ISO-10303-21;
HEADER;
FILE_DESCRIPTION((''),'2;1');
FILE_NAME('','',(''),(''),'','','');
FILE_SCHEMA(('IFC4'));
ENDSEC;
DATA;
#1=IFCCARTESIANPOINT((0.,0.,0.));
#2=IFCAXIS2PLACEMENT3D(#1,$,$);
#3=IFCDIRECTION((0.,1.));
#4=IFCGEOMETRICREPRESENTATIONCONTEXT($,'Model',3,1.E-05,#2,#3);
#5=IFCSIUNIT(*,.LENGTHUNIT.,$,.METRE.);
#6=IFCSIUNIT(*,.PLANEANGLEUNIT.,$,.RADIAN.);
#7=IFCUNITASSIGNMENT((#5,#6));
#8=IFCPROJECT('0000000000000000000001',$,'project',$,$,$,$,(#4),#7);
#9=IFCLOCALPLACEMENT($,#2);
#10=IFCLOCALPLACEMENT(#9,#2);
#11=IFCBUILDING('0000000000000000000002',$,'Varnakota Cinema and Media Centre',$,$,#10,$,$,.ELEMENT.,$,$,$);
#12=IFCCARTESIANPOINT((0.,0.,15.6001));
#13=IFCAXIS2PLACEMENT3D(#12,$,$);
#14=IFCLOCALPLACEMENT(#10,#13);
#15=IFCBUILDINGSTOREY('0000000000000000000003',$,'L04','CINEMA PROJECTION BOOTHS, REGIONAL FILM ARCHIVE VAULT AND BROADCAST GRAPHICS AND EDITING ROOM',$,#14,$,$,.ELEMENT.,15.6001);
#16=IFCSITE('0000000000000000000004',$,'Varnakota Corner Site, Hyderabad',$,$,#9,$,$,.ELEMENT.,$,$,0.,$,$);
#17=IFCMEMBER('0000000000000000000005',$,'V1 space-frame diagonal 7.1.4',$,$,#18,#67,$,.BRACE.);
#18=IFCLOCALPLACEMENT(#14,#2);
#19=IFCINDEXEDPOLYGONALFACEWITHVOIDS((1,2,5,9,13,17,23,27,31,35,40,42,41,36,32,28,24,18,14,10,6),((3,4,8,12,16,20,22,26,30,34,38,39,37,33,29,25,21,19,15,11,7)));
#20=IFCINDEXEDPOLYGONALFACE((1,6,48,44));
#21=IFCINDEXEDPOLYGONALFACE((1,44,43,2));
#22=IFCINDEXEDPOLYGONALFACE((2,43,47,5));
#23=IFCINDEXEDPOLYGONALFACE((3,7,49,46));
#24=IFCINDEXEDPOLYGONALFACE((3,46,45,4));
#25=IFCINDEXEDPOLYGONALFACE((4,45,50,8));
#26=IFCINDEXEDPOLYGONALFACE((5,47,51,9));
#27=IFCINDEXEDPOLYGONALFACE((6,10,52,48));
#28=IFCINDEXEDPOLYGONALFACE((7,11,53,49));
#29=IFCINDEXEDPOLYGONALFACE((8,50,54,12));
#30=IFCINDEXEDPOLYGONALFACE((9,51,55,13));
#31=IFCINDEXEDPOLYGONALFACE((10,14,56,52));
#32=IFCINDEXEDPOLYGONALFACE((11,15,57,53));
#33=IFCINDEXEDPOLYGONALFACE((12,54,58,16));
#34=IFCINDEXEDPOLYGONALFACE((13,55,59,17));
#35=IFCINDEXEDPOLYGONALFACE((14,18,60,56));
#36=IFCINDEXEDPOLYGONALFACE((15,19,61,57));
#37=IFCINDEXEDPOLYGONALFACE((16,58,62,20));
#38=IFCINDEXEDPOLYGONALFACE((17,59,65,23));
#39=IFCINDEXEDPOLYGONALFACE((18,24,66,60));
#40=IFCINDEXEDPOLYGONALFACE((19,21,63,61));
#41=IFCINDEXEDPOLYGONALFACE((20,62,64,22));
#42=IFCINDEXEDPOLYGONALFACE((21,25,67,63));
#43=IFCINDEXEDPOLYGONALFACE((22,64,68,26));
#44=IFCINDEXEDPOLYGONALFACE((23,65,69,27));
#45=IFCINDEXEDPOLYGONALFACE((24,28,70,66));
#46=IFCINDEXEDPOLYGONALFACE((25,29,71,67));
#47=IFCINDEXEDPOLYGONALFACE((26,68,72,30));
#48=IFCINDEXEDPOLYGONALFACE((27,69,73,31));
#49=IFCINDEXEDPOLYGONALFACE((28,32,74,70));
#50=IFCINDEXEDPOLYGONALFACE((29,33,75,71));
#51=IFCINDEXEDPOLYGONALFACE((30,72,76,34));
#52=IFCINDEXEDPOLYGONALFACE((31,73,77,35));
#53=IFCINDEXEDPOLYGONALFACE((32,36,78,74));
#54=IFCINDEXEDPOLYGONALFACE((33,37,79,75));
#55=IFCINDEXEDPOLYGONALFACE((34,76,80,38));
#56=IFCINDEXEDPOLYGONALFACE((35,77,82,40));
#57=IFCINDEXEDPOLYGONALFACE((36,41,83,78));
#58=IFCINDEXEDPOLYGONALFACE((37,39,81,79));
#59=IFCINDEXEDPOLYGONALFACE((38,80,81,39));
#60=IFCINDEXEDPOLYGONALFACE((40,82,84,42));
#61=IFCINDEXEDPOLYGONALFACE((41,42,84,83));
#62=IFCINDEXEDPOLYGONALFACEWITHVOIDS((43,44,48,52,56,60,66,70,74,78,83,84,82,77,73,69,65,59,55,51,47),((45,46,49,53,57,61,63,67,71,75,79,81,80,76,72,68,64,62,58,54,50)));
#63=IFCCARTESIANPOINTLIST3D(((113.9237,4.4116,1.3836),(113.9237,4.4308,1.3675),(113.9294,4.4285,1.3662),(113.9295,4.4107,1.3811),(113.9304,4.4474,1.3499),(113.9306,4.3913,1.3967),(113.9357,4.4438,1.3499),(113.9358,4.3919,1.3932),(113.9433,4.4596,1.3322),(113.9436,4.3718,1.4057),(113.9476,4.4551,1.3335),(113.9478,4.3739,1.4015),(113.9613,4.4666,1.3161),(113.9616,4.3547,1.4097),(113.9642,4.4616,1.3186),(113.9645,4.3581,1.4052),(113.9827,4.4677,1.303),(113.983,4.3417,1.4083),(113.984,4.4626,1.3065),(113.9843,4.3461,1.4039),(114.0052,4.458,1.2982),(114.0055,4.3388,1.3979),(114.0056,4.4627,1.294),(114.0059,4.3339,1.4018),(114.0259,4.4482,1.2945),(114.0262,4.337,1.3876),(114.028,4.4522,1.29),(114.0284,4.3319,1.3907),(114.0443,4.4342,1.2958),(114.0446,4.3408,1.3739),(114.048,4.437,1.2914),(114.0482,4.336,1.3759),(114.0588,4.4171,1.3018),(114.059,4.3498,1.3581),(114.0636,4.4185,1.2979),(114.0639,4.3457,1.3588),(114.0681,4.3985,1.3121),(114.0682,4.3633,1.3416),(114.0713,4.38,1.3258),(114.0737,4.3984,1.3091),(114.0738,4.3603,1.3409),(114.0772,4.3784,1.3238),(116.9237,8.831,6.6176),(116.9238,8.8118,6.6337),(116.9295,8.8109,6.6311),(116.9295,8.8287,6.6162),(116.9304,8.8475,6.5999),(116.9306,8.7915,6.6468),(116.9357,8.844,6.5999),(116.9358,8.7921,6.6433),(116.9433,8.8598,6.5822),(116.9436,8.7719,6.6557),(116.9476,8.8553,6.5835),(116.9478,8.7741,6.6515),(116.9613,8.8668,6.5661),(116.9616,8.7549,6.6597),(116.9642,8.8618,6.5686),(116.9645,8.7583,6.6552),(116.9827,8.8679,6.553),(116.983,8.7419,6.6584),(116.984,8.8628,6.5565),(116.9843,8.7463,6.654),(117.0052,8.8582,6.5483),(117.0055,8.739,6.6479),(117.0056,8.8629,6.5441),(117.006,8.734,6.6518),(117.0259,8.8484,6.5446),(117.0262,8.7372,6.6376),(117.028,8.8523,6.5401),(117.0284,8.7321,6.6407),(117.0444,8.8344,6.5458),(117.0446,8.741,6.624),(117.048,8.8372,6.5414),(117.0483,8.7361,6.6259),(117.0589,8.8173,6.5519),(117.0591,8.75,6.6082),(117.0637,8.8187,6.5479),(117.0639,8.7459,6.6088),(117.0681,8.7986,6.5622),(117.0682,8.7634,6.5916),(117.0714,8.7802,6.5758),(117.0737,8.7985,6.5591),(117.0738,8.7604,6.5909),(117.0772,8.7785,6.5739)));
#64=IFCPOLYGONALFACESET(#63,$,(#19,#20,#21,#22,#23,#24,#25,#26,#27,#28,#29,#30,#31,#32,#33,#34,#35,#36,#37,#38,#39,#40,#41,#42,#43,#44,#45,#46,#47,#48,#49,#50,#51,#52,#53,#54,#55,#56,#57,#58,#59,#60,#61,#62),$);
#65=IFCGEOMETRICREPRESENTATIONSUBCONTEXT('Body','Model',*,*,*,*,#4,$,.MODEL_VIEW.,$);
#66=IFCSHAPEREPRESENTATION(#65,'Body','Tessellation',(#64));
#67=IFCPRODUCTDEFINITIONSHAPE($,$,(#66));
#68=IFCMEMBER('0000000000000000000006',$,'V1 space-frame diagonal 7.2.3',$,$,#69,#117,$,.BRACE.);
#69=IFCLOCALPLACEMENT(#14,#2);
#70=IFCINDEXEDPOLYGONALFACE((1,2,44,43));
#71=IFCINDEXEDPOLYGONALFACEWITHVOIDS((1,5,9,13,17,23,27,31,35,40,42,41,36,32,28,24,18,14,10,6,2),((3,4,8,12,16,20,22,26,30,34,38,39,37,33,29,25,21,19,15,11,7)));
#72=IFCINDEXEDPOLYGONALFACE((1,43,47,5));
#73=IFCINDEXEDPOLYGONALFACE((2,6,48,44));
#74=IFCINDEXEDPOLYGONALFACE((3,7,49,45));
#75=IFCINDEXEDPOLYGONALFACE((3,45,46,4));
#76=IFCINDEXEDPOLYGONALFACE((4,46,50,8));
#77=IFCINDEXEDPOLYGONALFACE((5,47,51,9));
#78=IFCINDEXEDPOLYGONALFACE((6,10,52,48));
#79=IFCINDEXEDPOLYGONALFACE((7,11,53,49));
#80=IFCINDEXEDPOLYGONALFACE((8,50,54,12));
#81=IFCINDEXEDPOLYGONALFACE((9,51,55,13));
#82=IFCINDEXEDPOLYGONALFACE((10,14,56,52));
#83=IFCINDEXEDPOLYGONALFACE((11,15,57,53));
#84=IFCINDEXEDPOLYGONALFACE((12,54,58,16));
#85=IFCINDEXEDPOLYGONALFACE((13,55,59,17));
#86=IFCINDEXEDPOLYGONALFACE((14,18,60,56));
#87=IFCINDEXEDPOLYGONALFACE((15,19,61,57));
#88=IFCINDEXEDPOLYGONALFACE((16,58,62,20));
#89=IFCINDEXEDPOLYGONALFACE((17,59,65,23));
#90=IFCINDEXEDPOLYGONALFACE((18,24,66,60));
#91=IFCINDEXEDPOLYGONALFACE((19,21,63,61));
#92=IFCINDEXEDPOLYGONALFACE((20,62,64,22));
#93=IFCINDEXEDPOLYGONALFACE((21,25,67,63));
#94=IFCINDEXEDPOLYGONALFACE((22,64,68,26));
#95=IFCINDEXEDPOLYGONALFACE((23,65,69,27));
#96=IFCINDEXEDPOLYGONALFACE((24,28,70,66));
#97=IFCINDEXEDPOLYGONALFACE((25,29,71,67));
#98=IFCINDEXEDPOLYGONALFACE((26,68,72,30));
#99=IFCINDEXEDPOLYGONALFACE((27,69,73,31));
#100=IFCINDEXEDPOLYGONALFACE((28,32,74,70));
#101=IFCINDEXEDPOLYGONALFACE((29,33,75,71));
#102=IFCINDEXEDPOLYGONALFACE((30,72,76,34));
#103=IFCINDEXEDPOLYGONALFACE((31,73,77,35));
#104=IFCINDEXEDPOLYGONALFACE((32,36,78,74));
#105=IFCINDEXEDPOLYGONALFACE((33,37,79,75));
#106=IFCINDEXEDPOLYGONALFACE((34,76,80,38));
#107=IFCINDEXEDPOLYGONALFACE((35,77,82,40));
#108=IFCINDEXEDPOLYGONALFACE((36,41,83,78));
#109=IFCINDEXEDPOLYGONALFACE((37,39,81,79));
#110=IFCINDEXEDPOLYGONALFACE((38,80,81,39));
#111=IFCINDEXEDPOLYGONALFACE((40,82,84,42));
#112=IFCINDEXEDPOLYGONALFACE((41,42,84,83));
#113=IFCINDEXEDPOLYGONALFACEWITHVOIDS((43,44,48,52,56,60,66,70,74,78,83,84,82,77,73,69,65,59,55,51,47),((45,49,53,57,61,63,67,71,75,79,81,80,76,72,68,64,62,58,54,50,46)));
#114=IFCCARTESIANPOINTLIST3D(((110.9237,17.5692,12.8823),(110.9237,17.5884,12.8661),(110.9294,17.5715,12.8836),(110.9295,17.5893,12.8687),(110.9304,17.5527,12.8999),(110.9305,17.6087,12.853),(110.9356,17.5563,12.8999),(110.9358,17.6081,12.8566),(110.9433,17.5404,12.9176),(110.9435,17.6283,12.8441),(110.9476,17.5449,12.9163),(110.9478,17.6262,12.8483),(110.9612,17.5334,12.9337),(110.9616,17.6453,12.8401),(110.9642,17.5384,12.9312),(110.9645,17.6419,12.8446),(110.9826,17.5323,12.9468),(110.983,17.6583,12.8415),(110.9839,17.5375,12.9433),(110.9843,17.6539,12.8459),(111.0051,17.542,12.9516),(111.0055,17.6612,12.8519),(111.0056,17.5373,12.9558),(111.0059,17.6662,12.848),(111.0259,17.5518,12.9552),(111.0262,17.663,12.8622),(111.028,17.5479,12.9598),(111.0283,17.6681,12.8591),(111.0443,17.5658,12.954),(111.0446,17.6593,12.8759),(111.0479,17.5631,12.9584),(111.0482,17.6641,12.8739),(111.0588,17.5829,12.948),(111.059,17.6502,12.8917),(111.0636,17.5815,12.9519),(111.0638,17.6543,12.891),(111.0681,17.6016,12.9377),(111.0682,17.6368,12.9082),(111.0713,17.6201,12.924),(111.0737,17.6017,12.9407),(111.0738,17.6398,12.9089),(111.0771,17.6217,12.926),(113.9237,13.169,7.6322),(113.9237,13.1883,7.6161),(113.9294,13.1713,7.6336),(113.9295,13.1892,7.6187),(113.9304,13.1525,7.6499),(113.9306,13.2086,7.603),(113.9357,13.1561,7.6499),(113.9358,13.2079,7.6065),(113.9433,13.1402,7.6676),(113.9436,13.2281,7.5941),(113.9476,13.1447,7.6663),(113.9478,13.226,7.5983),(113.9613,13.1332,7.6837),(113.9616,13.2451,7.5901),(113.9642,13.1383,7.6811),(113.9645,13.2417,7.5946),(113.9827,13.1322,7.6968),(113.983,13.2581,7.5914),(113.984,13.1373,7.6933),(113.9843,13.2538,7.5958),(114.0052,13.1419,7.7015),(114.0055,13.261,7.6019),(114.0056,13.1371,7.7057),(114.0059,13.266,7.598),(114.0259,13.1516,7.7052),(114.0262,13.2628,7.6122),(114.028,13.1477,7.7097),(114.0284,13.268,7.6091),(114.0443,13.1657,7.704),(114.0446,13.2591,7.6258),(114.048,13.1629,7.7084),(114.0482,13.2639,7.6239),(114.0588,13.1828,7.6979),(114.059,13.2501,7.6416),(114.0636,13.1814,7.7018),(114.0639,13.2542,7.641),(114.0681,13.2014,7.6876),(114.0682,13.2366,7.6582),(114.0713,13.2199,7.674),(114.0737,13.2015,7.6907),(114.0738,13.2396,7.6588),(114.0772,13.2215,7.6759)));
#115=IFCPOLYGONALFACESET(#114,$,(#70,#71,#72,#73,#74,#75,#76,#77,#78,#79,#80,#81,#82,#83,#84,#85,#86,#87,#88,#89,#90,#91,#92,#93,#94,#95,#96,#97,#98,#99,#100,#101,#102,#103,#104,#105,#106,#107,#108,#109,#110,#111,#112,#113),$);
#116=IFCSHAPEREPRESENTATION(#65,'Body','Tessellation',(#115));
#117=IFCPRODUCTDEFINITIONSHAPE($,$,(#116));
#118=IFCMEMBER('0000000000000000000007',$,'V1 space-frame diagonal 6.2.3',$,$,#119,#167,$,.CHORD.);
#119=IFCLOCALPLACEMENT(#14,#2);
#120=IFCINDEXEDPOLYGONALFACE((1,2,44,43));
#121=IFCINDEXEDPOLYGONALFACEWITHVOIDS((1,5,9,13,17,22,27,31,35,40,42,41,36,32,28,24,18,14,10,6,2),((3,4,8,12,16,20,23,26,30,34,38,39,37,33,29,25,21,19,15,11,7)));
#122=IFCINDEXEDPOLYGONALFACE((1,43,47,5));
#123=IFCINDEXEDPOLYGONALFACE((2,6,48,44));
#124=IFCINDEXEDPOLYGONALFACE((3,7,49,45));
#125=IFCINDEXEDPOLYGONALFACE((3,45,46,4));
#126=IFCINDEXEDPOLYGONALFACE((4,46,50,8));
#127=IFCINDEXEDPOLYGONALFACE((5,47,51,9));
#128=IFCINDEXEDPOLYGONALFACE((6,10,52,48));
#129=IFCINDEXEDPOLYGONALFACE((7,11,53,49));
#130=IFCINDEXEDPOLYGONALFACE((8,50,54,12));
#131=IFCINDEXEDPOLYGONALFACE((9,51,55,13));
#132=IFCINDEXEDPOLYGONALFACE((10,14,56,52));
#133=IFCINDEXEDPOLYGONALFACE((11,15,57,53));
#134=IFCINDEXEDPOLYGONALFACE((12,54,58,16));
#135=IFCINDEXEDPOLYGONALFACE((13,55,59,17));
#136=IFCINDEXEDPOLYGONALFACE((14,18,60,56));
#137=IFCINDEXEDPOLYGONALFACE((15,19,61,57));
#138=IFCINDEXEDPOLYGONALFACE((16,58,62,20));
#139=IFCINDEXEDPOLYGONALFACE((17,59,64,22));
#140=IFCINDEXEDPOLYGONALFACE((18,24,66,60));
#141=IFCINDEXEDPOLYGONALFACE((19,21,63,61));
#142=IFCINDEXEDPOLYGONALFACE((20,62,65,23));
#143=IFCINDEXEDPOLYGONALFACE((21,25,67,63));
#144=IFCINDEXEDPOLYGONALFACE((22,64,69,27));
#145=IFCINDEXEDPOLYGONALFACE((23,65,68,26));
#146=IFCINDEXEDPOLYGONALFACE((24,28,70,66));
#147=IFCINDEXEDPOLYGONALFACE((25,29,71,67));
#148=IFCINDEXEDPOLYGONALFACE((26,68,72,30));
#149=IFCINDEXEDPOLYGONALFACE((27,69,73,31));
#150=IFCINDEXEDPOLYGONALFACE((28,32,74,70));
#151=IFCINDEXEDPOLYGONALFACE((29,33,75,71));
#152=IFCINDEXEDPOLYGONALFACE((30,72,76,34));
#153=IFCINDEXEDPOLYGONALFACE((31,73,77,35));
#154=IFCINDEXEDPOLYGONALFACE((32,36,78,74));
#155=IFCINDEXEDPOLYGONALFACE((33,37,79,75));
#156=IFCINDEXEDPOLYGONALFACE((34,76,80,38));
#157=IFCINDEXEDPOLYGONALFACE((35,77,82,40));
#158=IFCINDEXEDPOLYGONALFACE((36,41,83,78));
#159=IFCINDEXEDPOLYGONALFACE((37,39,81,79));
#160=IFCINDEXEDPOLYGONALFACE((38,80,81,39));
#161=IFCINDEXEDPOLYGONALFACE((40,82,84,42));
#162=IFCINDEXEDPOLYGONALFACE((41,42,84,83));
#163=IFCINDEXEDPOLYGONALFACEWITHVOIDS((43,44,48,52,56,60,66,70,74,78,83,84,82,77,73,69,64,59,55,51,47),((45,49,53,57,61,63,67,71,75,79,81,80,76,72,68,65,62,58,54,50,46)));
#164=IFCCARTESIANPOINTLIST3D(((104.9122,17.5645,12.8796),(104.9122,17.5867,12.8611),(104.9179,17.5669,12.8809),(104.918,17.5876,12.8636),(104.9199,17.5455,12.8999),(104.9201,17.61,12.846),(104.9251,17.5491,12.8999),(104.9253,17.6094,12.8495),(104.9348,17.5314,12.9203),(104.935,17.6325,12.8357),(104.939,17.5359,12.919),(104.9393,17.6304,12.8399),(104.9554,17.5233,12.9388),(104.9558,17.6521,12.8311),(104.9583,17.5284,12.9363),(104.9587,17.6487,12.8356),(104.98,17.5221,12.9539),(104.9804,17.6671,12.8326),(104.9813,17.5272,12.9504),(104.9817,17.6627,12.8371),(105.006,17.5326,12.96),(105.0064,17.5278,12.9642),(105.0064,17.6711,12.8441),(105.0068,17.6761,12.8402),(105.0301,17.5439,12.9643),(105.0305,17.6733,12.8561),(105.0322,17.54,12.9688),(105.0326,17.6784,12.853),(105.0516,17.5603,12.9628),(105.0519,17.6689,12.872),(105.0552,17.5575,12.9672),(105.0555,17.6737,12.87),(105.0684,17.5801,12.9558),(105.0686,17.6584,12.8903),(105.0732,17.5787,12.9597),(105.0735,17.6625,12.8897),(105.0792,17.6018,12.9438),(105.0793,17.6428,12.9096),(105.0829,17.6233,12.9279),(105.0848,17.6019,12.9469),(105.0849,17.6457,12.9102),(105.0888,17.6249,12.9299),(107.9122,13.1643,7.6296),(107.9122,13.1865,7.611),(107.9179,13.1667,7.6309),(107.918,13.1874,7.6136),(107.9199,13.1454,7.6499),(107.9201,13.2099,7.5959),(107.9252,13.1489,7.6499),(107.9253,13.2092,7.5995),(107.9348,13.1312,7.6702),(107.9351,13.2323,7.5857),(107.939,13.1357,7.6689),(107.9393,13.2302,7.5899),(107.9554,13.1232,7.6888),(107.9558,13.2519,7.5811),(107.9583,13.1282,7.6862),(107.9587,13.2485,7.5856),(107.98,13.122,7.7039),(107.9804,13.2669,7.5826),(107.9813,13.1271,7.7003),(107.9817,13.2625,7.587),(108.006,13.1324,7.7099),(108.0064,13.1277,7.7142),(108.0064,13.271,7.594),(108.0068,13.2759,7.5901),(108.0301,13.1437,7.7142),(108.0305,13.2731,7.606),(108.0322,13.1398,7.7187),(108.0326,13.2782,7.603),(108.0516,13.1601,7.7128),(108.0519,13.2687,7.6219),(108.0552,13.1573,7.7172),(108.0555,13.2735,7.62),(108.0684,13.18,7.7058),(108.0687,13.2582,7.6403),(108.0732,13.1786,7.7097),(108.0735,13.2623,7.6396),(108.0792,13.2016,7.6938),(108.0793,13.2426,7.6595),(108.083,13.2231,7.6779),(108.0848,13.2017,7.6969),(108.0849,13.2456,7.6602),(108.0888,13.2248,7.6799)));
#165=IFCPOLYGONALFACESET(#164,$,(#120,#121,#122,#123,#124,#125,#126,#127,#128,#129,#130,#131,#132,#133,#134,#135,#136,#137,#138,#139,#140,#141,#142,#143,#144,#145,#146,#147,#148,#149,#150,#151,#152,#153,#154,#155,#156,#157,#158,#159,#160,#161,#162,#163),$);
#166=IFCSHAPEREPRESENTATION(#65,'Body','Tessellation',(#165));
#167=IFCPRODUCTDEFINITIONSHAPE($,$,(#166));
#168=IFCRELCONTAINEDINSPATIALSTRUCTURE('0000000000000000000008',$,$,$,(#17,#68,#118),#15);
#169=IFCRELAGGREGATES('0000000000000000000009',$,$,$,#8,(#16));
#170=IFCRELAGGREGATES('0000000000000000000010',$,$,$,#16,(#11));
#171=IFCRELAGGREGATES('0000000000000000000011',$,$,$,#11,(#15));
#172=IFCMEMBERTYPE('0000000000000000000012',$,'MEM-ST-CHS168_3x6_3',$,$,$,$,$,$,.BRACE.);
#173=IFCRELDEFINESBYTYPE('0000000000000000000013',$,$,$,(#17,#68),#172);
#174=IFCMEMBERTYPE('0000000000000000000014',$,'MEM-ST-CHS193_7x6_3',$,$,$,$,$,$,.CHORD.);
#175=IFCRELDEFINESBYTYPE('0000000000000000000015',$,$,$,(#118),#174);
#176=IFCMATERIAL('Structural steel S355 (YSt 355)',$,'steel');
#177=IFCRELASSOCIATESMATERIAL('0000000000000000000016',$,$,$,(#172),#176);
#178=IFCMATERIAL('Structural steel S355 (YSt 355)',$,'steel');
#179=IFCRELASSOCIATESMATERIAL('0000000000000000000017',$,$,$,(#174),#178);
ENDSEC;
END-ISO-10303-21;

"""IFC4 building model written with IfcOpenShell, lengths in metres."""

from ifc_helpers import new_model, si_unit, direction, frame, origin, origin_2d, place, context, subcontext, project, spatial, hollow_circle, extrude, material, material_profile, profile_set, type_object, element, save


model = new_model("IFC4")

# Units and contexts
model_context = context("Model", 3, precision=1e-05, world=origin(), true_north=direction((0.0, 1.0)))
body_context = subcontext(model_context, "Body", "Model", "MODEL_VIEW")
ifc_project = project(units=[si_unit("LENGTHUNIT", "METRE"), si_unit("PLANEANGLEUNIT", "RADIAN")], contexts=[model_context])

# Site, building, storey
site_placement = place(None, origin())
site = spatial("IfcSite", under=ifc_project, at=site_placement, Name="Varnakota Corner Site, Hyderabad", CompositionType="ELEMENT", RefElevation=0.0)
building_placement = place(site_placement, origin())
building = spatial("IfcBuilding", under=site, at=building_placement, Name="Varnakota Cinema and Media Centre", CompositionType="ELEMENT")
storey_placement = place(building_placement, frame((0.0, 0.0, 15.6001)))
storey = spatial("IfcBuildingStorey", under=building, at=storey_placement, Name="L04", Description="CINEMA PROJECTION BOOTHS, REGIONAL FILM ARCHIVE VAULT AND BROADCAST GRAPHICS AND EDITING ROOM", CompositionType="ELEMENT", Elevation=15.6001)

# Members
ifc_material_1 = material(Name="Structural steel S355 (YSt 355)", Category="steel")
ifc_material_profile_1 = material_profile(ifc_material_1, hollow_circle(Radius=0.0842, WallThickness=0.0063, at=origin_2d()), Name="CHS 168.3x6.3")
ifc_profile_set_1 = profile_set([ifc_material_profile_1], Name="Structural steel S355 (YSt 355)")
member_type_1 = type_object("IfcMemberType", Name="MEM-ST-CHS168_3x6_3", PredefinedType="BRACE", material=ifc_profile_set_1)
for number, where, z_axis, x_axis, name in (
    (1, (114.0, 4.3999, 1.3499), (0.401165, 0.588395, 0.702039), (-0.826236, 0.563324, 0.0), "V1 space-frame diagonal 7.1.4"),
    (2, (114.0, 13.2, 7.6499), (-0.401165, 0.588395, 0.702039), (-0.826236, -0.563324, 0.0), "V1 space-frame diagonal 7.2.3"),
):
    element("IfcMember", number, at=place(storey_placement, frame(where, z_axis=z_axis, x_axis=x_axis)), inside=storey, type_object=member_type_1, Name=name, PredefinedType="BRACE", context=body_context, shape_type="SweptSolid", body=[
        extrude(hollow_circle(Radius=0.0842, WallThickness=0.0063, at=origin_2d()), origin(), (0.0, 0.0, 1.0), 7.4783),
    ])
ifc_material_2 = material(Name="Structural steel S355 (YSt 355)", Category="steel")
ifc_material_profile_2 = material_profile(ifc_material_2, hollow_circle(Radius=0.0969, WallThickness=0.0063, at=origin_2d()), Name="CHS 193.7x6.3")
ifc_profile_set_2 = profile_set([ifc_material_profile_2], Name="Structural steel S355 (YSt 355)")
member_type_2 = type_object("IfcMemberType", Name="MEM-ST-CHS193_7x6_3", PredefinedType="CHORD", material=ifc_profile_set_2)
for number, where, z_axis, x_axis, name in (
    (3, (108.0, 13.2, 7.6499), (-0.401165, 0.588395, 0.702039), (-0.826236, -0.563324, 0.0), "V1 space-frame diagonal 6.2.3"),
):
    element("IfcMember", number, at=place(storey_placement, frame(where, z_axis=z_axis, x_axis=x_axis)), inside=storey, type_object=member_type_2, Name=name, PredefinedType="CHORD", context=body_context, shape_type="SweptSolid", body=[
        extrude(hollow_circle(Radius=0.0969, WallThickness=0.0063, at=origin_2d()), origin(), (0.0, 0.0, 1.0), 7.4783),
    ])

save(model, "model.ifc")
